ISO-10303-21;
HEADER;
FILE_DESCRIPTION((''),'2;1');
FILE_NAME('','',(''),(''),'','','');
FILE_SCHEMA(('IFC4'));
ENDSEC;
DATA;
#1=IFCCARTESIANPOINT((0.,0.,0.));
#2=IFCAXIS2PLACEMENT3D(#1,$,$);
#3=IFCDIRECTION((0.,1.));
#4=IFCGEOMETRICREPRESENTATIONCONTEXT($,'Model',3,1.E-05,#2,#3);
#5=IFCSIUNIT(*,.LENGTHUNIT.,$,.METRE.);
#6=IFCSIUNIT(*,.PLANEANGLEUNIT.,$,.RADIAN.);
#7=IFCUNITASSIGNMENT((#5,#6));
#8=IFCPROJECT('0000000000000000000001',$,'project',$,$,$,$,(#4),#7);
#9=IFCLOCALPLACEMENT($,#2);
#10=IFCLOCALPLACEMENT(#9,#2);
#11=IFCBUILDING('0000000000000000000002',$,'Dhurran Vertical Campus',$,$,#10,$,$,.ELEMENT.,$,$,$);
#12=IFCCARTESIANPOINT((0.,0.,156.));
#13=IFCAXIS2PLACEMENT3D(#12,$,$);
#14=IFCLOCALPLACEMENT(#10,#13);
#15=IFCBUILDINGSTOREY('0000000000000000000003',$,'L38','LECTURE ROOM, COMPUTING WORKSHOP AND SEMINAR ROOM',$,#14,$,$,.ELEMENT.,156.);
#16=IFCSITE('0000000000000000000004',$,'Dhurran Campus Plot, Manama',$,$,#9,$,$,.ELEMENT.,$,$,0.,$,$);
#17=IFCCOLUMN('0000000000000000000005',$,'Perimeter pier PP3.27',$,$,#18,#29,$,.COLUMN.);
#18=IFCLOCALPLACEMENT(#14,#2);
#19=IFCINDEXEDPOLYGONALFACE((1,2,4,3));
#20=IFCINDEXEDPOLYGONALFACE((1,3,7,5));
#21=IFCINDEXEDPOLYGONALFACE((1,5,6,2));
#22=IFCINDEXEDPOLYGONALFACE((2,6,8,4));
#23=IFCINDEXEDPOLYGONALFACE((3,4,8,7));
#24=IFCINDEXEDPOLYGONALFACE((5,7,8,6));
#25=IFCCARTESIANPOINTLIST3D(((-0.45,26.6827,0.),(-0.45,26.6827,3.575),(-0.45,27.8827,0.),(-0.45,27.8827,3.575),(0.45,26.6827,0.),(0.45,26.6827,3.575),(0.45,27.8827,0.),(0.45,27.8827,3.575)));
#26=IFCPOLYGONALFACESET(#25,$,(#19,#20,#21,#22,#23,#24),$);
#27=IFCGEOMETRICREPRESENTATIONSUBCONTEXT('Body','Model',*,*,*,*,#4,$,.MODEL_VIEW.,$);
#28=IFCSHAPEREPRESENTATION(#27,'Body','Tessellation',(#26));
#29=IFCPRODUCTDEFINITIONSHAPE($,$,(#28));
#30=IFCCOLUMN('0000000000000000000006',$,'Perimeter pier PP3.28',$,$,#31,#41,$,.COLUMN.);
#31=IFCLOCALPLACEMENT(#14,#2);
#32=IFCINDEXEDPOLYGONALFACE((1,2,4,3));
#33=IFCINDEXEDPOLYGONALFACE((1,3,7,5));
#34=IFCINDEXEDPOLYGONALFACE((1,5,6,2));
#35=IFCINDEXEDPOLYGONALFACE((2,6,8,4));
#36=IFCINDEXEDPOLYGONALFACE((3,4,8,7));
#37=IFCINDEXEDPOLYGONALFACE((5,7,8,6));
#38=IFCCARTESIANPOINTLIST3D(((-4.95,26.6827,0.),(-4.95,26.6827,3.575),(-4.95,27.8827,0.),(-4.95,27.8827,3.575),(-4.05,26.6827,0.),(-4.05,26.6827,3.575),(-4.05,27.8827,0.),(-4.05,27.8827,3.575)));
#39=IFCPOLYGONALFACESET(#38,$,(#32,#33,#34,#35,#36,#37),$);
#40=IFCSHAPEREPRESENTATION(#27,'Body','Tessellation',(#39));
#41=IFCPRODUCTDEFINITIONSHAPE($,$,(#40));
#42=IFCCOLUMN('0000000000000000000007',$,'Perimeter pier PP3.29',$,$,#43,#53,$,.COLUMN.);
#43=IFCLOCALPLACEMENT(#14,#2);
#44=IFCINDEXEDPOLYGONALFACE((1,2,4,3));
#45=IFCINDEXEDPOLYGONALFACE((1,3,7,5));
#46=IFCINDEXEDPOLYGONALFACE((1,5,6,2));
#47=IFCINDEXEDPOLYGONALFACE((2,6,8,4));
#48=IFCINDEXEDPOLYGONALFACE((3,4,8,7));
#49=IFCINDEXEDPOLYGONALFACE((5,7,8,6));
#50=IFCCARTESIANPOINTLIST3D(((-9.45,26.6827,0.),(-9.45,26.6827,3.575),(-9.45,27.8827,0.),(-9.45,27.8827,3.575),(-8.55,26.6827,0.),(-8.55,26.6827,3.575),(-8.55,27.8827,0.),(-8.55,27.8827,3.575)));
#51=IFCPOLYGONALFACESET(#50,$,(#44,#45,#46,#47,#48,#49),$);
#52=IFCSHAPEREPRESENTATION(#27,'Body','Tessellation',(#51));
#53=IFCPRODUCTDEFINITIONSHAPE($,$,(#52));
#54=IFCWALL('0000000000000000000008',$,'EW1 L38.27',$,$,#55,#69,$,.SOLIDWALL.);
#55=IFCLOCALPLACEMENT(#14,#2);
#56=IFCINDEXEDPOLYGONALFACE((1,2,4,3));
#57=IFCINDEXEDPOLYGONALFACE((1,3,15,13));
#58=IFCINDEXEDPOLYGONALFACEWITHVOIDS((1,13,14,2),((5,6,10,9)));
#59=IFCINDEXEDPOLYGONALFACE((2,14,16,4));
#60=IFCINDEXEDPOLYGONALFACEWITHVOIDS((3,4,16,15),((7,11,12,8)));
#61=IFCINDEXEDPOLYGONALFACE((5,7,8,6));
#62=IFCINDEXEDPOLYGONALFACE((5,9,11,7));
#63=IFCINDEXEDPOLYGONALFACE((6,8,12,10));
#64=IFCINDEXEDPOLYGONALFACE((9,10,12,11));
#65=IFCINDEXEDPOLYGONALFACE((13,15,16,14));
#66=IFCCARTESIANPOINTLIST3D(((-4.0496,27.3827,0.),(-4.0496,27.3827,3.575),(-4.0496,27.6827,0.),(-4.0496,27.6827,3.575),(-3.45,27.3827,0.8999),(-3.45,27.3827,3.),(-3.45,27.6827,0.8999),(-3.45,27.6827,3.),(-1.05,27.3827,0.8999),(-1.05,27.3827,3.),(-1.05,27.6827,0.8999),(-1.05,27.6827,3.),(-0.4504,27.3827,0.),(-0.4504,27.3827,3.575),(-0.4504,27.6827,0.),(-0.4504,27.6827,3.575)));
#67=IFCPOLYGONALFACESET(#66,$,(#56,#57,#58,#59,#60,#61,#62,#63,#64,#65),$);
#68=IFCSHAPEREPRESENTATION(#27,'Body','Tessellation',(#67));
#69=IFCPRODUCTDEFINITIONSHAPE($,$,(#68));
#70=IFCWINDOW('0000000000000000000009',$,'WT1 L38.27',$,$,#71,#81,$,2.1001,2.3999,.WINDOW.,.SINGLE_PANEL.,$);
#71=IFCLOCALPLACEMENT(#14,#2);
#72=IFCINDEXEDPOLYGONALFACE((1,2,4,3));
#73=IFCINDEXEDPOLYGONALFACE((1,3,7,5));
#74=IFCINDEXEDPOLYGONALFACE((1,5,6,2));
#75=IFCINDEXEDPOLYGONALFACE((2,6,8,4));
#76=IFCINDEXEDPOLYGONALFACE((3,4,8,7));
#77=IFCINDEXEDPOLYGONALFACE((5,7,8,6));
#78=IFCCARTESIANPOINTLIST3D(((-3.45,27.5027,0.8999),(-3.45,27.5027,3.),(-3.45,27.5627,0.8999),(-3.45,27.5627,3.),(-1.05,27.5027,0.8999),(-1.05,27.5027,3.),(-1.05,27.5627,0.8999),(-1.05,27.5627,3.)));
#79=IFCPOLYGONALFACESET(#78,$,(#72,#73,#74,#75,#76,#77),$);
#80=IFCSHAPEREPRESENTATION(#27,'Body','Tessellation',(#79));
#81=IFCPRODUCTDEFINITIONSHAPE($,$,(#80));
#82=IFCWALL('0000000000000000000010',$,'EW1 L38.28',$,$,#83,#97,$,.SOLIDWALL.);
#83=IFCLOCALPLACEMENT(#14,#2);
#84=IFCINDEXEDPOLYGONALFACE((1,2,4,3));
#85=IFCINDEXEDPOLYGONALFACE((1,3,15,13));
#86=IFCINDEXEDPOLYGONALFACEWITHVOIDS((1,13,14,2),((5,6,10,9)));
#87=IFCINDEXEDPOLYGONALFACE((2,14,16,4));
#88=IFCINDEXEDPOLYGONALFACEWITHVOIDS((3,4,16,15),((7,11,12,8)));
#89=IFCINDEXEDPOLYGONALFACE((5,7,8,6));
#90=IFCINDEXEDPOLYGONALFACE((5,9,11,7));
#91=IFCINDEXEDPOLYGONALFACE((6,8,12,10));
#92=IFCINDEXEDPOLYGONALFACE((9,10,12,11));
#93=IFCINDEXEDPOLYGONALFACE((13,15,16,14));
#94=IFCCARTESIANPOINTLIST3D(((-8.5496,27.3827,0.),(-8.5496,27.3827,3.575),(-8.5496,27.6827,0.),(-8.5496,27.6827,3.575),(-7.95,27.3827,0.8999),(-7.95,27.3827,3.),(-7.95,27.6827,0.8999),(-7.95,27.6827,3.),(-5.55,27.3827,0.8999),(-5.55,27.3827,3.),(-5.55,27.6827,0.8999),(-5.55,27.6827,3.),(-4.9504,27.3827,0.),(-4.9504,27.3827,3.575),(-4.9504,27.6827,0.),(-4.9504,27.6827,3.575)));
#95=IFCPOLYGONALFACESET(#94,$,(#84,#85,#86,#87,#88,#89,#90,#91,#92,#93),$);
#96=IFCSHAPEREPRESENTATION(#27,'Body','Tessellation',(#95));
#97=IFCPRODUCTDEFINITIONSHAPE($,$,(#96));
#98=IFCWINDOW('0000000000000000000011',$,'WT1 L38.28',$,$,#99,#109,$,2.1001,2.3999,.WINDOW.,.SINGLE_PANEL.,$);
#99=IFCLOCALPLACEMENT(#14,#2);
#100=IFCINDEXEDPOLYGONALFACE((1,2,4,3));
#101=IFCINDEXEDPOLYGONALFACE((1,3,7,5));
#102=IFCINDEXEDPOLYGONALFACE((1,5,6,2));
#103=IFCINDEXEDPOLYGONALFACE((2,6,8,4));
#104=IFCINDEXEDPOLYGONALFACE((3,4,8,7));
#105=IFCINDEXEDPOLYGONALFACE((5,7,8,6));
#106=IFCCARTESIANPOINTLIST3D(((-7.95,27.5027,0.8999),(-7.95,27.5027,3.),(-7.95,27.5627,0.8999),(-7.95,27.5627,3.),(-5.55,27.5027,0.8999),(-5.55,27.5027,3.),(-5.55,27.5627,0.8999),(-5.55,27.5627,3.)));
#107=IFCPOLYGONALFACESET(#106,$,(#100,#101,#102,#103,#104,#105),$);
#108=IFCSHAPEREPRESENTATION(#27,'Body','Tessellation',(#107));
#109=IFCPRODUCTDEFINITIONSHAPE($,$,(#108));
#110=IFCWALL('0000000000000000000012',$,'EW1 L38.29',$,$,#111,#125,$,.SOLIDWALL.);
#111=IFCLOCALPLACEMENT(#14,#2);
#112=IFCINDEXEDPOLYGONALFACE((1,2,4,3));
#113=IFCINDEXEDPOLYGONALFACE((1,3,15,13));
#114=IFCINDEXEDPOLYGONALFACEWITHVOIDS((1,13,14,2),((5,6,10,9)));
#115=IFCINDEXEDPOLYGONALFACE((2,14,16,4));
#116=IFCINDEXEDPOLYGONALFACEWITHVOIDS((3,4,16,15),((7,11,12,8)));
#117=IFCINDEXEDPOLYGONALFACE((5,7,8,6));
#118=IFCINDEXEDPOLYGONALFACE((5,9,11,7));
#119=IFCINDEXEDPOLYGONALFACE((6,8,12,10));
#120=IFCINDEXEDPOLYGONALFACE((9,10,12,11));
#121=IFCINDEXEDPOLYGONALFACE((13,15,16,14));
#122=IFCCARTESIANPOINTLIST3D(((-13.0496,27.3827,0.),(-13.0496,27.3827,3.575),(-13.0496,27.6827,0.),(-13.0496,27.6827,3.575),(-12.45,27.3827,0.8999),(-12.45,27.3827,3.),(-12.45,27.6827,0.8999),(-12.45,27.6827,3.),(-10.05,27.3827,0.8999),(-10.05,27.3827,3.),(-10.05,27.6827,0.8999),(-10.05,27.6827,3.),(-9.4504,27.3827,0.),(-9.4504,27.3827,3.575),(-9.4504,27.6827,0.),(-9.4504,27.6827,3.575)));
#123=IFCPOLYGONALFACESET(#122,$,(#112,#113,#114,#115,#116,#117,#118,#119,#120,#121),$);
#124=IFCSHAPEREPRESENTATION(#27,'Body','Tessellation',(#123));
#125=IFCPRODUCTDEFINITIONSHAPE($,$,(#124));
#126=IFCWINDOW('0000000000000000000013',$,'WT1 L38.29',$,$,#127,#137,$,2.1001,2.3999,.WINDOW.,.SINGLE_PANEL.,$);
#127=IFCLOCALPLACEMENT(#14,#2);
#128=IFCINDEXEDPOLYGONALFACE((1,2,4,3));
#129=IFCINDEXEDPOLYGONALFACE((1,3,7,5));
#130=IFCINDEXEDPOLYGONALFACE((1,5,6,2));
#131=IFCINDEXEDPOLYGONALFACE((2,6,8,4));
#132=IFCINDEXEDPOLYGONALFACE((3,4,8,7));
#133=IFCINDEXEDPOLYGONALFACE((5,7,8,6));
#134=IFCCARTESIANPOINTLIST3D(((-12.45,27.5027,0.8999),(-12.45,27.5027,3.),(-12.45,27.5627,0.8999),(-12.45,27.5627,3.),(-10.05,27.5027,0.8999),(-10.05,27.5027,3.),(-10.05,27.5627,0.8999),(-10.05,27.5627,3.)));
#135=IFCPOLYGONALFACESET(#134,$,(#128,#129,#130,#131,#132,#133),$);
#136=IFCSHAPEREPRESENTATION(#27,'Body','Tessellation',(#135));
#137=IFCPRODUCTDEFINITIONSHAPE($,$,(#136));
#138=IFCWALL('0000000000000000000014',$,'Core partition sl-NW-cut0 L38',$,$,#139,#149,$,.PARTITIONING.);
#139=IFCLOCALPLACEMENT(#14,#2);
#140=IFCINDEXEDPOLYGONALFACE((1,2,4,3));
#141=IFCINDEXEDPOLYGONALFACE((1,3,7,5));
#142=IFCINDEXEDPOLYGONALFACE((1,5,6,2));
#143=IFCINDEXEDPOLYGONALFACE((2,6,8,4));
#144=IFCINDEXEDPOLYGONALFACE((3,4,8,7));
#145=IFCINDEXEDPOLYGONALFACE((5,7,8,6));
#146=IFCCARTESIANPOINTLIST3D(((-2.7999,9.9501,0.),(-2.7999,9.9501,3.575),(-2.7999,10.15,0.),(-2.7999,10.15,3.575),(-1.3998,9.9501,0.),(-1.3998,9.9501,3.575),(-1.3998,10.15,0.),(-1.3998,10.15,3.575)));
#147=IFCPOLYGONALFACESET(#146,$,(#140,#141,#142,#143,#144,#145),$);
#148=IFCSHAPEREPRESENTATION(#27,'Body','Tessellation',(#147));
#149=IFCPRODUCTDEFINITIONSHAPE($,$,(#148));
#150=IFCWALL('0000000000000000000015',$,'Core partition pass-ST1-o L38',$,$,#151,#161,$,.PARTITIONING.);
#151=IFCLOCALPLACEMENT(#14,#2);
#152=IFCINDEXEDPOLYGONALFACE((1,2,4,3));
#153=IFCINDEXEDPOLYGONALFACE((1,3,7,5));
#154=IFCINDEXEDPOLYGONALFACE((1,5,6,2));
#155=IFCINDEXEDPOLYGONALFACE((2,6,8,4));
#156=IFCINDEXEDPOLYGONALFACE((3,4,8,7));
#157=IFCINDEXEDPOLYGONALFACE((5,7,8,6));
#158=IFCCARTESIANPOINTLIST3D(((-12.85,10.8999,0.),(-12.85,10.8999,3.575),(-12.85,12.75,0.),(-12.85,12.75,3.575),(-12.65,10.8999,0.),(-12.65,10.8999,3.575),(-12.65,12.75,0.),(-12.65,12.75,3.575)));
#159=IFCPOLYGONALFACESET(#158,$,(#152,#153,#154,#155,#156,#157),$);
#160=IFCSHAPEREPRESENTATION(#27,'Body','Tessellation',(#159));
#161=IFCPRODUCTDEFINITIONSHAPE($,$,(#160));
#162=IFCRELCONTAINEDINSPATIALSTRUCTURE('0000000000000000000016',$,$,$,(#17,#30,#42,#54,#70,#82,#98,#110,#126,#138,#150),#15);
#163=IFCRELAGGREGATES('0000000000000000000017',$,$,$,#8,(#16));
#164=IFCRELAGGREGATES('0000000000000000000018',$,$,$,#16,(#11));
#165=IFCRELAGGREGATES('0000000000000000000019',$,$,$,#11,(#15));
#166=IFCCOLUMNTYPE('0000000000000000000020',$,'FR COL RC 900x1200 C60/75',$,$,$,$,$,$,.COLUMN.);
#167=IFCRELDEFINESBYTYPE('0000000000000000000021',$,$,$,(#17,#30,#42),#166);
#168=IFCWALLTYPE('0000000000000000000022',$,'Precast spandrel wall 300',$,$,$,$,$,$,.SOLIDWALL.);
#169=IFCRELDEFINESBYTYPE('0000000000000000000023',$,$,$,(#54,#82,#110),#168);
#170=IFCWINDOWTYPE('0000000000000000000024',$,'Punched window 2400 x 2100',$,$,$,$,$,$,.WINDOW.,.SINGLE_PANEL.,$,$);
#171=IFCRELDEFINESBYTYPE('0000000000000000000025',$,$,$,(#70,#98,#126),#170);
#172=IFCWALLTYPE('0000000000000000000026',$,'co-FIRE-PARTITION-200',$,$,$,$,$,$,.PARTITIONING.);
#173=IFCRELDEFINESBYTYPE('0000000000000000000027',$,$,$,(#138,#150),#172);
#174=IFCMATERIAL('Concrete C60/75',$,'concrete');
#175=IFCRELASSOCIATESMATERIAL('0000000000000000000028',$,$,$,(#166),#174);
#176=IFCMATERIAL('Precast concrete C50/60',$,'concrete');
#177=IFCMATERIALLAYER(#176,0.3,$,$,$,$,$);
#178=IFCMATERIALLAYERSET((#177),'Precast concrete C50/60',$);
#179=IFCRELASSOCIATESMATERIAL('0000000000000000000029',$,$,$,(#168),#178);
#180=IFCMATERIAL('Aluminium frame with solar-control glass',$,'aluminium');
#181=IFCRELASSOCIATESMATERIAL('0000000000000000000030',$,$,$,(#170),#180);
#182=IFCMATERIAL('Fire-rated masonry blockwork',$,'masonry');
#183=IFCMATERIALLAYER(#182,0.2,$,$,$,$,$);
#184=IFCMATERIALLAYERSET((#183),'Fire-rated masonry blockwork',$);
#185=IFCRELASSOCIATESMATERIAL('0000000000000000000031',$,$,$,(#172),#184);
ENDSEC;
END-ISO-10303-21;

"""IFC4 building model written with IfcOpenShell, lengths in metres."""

from ifc_helpers import new_model, si_unit, direction, frame, frame_2d, origin, origin_2d, place, context, subcontext, project, spatial, rectangle, extrude, material, layer, layer_set, material_profile, profile_set, type_object, element, fill, save


model = new_model("IFC4")

# Units and contexts
model_context = context("Model", 3, precision=1e-05, world=origin(), true_north=direction((0.0, 1.0)))
body_context = subcontext(model_context, "Body", "Model", "MODEL_VIEW")
ifc_project = project(units=[si_unit("LENGTHUNIT", "METRE"), si_unit("PLANEANGLEUNIT", "RADIAN")], contexts=[model_context])

# Site, building, storey
site_placement = place(None, origin())
site = spatial("IfcSite", under=ifc_project, at=site_placement, Name="Dhurran Campus Plot, Manama", CompositionType="ELEMENT", RefElevation=0.0)
building_placement = place(site_placement, origin())
building = spatial("IfcBuilding", under=site, at=building_placement, Name="Dhurran Vertical Campus", CompositionType="ELEMENT")
storey_placement = place(building_placement, frame((0.0, 0.0, 156.0)))
storey = spatial("IfcBuildingStorey", under=building, at=storey_placement, Name="L38", Description="LECTURE ROOM, COMPUTING WORKSHOP AND SEMINAR ROOM", CompositionType="ELEMENT", Elevation=156.0)

# Columns
ifc_material_1 = material(Name="Concrete C60/75", Category="concrete")
ifc_material_profile = material_profile(ifc_material_1, rectangle(XDim=0.8999, YDim=1.2, at=origin_2d()), Name="RC 900x1200")
ifc_profile_set = profile_set([ifc_material_profile], Name="Concrete C60/75")
column_type = type_object("IfcColumnType", Name="FR COL RC 900x1200 C60/75", PredefinedType="COLUMN", material=ifc_profile_set)
for number, where, z_axis, x_axis, name in (
    (1, (0.0, 27.2827, 0.0), (0.0, 0.0, 1.0), (-1.0, 0.0, 0.0), "Perimeter pier PP3.27"),
    (2, (-4.5, 27.2827, 0.0), (0.0, 0.0, 1.0), (-1.0, 0.0, 0.0), "Perimeter pier PP3.28"),
    (3, (-9.0, 27.2827, 0.0), (0.0, 0.0, 1.0), (-1.0, 0.0, 0.0), "Perimeter pier PP3.29"),
):
    element("IfcColumn", number, at=place(storey_placement, frame(where, z_axis=z_axis, x_axis=x_axis)), inside=storey, type_object=column_type, Name=name, PredefinedType="COLUMN", context=body_context, shape_type="SweptSolid", body=[
        extrude(rectangle(XDim=0.8999, YDim=1.2, at=origin_2d()), origin(), (0.0, 0.0, 1.0), 3.575),
    ])

# Walls, openings, windows
ifc_material_2 = material(Name="Precast concrete C50/60", Category="concrete")
ifc_layer_1 = layer(ifc_material_2, 0.3)
ifc_layer_set_1 = layer_set([ifc_layer_1], Name="Precast concrete C50/60")
wall_type_1 = type_object("IfcWallType", Name="Precast spandrel wall 300", PredefinedType="SOLIDWALL", material=ifc_layer_set_1)
wall_1_placement = place(storey_placement, frame((-0.4504, 27.5327, 0.0), z_axis=(0.0, 0.0, 1.0), x_axis=(-1.0, 0.0, 0.0)))
wall_1 = element("IfcWall", 4, at=wall_1_placement, inside=storey, type_object=wall_type_1, Name="EW1 L38.27", PredefinedType="SOLIDWALL", context=body_context, shape_type="SweptSolid", body=[
    extrude(rectangle(XDim=3.5991, YDim=0.3, at=frame_2d((1.7996, 0.0))), origin(), (0.0, 0.0, 1.0), 3.575),
])
opening_1_placement = place(wall_1_placement, frame((0.5996, 0.0, 0.8999)))
opening_1 = element("IfcOpeningElement", 5, at=opening_1_placement, cuts=wall_1, PredefinedType="OPENING", context=body_context, shape_type="SweptSolid", body=[
    extrude(rectangle(XDim=2.3999, YDim=2.1001, at=frame_2d((1.2, 1.05))), frame((0.0, 0.1599, 0.0), z_axis=(0.0, -1.0, 0.0), x_axis=(1.0, 0.0, 0.0)), (0.0, 0.0, 1.0), 0.3201),
])
ifc_material_3 = material(Name="Aluminium frame with solar-control glass", Category="aluminium")
window_type = type_object("IfcWindowType", Name="Punched window 2400 x 2100", PartitioningType="SINGLE_PANEL", PredefinedType="WINDOW", material=ifc_material_3)
window_1_placement = place(opening_1_placement, origin())
window_1 = element("IfcWindow", 6, at=window_1_placement, inside=storey, type_object=window_type, Name="WT1 L38.27", OverallHeight=2.1001, OverallWidth=2.3999, PartitioningType="SINGLE_PANEL", PredefinedType="WINDOW", context=body_context, shape_type="SweptSolid", body=[
    extrude(rectangle(XDim=2.3999, YDim=2.1001, at=frame_2d((1.2, 1.05))), frame((0.0, 0.03, 0.0), z_axis=(0.0, -1.0, 0.0), x_axis=(1.0, 0.0, 0.0)), (0.0, 0.0, 1.0), 0.0601),
])
fill(opening_1, window_1)
wall_2_placement = place(storey_placement, frame((-4.9504, 27.5327, 0.0), z_axis=(0.0, 0.0, 1.0), x_axis=(-1.0, 0.0, 0.0)))
wall_2 = element("IfcWall", 7, at=wall_2_placement, inside=storey, type_object=wall_type_1, Name="EW1 L38.28", PredefinedType="SOLIDWALL", context=body_context, shape_type="SweptSolid", body=[
    extrude(rectangle(XDim=3.5991, YDim=0.3, at=frame_2d((1.7996, 0.0))), origin(), (0.0, 0.0, 1.0), 3.575),
])
opening_2_placement = place(wall_2_placement, frame((0.5996, 0.0, 0.8999)))
opening_2 = element("IfcOpeningElement", 8, at=opening_2_placement, cuts=wall_2, PredefinedType="OPENING", context=body_context, shape_type="SweptSolid", body=[
    extrude(rectangle(XDim=2.3999, YDim=2.1001, at=frame_2d((1.2, 1.05))), frame((0.0, 0.1599, 0.0), z_axis=(0.0, -1.0, 0.0), x_axis=(1.0, 0.0, 0.0)), (0.0, 0.0, 1.0), 0.3201),
])
window_2_placement = place(opening_2_placement, origin())
window_2 = element("IfcWindow", 9, at=window_2_placement, inside=storey, type_object=window_type, Name="WT1 L38.28", OverallHeight=2.1001, OverallWidth=2.3999, PartitioningType="SINGLE_PANEL", PredefinedType="WINDOW", context=body_context, shape_type="SweptSolid", body=[
    extrude(rectangle(XDim=2.3999, YDim=2.1001, at=frame_2d((1.2, 1.05))), frame((0.0, 0.03, 0.0), z_axis=(0.0, -1.0, 0.0), x_axis=(1.0, 0.0, 0.0)), (0.0, 0.0, 1.0), 0.0601),
])
fill(opening_2, window_2)
wall_3_placement = place(storey_placement, frame((-9.4504, 27.5327, 0.0), z_axis=(0.0, 0.0, 1.0), x_axis=(-1.0, 0.0, 0.0)))
wall_3 = element("IfcWall", 10, at=wall_3_placement, inside=storey, type_object=wall_type_1, Name="EW1 L38.29", PredefinedType="SOLIDWALL", context=body_context, shape_type="SweptSolid", body=[
    extrude(rectangle(XDim=3.5991, YDim=0.3, at=frame_2d((1.7996, 0.0))), origin(), (0.0, 0.0, 1.0), 3.575),
])
opening_3_placement = place(wall_3_placement, frame((0.5996, 0.0, 0.8999)))
opening_3 = element("IfcOpeningElement", 11, at=opening_3_placement, cuts=wall_3, PredefinedType="OPENING", context=body_context, shape_type="SweptSolid", body=[
    extrude(rectangle(XDim=2.3999, YDim=2.1001, at=frame_2d((1.2, 1.05))), frame((0.0, 0.1599, 0.0), z_axis=(0.0, -1.0, 0.0), x_axis=(1.0, 0.0, 0.0)), (0.0, 0.0, 1.0), 0.3201),
])
window_3_placement = place(opening_3_placement, origin())
window_3 = element("IfcWindow", 12, at=window_3_placement, inside=storey, type_object=window_type, Name="WT1 L38.29", OverallHeight=2.1001, OverallWidth=2.3999, PartitioningType="SINGLE_PANEL", PredefinedType="WINDOW", context=body_context, shape_type="SweptSolid", body=[
    extrude(rectangle(XDim=2.3999, YDim=2.1001, at=frame_2d((1.2, 1.05))), frame((0.0, 0.03, 0.0), z_axis=(0.0, -1.0, 0.0), x_axis=(1.0, 0.0, 0.0)), (0.0, 0.0, 1.0), 0.0601),
])
fill(opening_3, window_3)

# Walls
ifc_material_4 = material(Name="Fire-rated masonry blockwork", Category="masonry")
ifc_layer_2 = layer(ifc_material_4, 0.2)
ifc_layer_set_2 = layer_set([ifc_layer_2], Name="Fire-rated masonry blockwork")
wall_type_2 = type_object("IfcWallType", Name="co-FIRE-PARTITION-200", PredefinedType="PARTITIONING", material=ifc_layer_set_2)
wall_4_placement = place(storey_placement, frame((-2.8, 10.05, 0.0), z_axis=(0.0, 0.0, 1.0), x_axis=(1.0, 0.0, 0.0)))
element("IfcWall", 13, at=wall_4_placement, inside=storey, type_object=wall_type_2, Name="Core partition sl-NW-cut0 L38", PredefinedType="PARTITIONING", context=body_context, shape_type="SweptSolid", body=[
    extrude(rectangle(XDim=1.4001, YDim=0.2, at=frame_2d((0.7002, 0.0))), origin(), (0.0, 0.0, 1.0), 3.575),
])
wall_5_placement = place(storey_placement, frame((-12.75, 10.8999, 0.0), z_axis=(0.0, 0.0, 1.0), x_axis=(0.0, 1.0, 0.0)))
element("IfcWall", 14, at=wall_5_placement, inside=storey, type_object=wall_type_2, Name="Core partition pass-ST1-o L38", PredefinedType="PARTITIONING", context=body_context, shape_type="SweptSolid", body=[
    extrude(rectangle(XDim=1.8501, YDim=0.2, at=frame_2d((0.925, 0.0))), origin(), (0.0, 0.0, 1.0), 3.575),
])

save(model, "model.ifc")
